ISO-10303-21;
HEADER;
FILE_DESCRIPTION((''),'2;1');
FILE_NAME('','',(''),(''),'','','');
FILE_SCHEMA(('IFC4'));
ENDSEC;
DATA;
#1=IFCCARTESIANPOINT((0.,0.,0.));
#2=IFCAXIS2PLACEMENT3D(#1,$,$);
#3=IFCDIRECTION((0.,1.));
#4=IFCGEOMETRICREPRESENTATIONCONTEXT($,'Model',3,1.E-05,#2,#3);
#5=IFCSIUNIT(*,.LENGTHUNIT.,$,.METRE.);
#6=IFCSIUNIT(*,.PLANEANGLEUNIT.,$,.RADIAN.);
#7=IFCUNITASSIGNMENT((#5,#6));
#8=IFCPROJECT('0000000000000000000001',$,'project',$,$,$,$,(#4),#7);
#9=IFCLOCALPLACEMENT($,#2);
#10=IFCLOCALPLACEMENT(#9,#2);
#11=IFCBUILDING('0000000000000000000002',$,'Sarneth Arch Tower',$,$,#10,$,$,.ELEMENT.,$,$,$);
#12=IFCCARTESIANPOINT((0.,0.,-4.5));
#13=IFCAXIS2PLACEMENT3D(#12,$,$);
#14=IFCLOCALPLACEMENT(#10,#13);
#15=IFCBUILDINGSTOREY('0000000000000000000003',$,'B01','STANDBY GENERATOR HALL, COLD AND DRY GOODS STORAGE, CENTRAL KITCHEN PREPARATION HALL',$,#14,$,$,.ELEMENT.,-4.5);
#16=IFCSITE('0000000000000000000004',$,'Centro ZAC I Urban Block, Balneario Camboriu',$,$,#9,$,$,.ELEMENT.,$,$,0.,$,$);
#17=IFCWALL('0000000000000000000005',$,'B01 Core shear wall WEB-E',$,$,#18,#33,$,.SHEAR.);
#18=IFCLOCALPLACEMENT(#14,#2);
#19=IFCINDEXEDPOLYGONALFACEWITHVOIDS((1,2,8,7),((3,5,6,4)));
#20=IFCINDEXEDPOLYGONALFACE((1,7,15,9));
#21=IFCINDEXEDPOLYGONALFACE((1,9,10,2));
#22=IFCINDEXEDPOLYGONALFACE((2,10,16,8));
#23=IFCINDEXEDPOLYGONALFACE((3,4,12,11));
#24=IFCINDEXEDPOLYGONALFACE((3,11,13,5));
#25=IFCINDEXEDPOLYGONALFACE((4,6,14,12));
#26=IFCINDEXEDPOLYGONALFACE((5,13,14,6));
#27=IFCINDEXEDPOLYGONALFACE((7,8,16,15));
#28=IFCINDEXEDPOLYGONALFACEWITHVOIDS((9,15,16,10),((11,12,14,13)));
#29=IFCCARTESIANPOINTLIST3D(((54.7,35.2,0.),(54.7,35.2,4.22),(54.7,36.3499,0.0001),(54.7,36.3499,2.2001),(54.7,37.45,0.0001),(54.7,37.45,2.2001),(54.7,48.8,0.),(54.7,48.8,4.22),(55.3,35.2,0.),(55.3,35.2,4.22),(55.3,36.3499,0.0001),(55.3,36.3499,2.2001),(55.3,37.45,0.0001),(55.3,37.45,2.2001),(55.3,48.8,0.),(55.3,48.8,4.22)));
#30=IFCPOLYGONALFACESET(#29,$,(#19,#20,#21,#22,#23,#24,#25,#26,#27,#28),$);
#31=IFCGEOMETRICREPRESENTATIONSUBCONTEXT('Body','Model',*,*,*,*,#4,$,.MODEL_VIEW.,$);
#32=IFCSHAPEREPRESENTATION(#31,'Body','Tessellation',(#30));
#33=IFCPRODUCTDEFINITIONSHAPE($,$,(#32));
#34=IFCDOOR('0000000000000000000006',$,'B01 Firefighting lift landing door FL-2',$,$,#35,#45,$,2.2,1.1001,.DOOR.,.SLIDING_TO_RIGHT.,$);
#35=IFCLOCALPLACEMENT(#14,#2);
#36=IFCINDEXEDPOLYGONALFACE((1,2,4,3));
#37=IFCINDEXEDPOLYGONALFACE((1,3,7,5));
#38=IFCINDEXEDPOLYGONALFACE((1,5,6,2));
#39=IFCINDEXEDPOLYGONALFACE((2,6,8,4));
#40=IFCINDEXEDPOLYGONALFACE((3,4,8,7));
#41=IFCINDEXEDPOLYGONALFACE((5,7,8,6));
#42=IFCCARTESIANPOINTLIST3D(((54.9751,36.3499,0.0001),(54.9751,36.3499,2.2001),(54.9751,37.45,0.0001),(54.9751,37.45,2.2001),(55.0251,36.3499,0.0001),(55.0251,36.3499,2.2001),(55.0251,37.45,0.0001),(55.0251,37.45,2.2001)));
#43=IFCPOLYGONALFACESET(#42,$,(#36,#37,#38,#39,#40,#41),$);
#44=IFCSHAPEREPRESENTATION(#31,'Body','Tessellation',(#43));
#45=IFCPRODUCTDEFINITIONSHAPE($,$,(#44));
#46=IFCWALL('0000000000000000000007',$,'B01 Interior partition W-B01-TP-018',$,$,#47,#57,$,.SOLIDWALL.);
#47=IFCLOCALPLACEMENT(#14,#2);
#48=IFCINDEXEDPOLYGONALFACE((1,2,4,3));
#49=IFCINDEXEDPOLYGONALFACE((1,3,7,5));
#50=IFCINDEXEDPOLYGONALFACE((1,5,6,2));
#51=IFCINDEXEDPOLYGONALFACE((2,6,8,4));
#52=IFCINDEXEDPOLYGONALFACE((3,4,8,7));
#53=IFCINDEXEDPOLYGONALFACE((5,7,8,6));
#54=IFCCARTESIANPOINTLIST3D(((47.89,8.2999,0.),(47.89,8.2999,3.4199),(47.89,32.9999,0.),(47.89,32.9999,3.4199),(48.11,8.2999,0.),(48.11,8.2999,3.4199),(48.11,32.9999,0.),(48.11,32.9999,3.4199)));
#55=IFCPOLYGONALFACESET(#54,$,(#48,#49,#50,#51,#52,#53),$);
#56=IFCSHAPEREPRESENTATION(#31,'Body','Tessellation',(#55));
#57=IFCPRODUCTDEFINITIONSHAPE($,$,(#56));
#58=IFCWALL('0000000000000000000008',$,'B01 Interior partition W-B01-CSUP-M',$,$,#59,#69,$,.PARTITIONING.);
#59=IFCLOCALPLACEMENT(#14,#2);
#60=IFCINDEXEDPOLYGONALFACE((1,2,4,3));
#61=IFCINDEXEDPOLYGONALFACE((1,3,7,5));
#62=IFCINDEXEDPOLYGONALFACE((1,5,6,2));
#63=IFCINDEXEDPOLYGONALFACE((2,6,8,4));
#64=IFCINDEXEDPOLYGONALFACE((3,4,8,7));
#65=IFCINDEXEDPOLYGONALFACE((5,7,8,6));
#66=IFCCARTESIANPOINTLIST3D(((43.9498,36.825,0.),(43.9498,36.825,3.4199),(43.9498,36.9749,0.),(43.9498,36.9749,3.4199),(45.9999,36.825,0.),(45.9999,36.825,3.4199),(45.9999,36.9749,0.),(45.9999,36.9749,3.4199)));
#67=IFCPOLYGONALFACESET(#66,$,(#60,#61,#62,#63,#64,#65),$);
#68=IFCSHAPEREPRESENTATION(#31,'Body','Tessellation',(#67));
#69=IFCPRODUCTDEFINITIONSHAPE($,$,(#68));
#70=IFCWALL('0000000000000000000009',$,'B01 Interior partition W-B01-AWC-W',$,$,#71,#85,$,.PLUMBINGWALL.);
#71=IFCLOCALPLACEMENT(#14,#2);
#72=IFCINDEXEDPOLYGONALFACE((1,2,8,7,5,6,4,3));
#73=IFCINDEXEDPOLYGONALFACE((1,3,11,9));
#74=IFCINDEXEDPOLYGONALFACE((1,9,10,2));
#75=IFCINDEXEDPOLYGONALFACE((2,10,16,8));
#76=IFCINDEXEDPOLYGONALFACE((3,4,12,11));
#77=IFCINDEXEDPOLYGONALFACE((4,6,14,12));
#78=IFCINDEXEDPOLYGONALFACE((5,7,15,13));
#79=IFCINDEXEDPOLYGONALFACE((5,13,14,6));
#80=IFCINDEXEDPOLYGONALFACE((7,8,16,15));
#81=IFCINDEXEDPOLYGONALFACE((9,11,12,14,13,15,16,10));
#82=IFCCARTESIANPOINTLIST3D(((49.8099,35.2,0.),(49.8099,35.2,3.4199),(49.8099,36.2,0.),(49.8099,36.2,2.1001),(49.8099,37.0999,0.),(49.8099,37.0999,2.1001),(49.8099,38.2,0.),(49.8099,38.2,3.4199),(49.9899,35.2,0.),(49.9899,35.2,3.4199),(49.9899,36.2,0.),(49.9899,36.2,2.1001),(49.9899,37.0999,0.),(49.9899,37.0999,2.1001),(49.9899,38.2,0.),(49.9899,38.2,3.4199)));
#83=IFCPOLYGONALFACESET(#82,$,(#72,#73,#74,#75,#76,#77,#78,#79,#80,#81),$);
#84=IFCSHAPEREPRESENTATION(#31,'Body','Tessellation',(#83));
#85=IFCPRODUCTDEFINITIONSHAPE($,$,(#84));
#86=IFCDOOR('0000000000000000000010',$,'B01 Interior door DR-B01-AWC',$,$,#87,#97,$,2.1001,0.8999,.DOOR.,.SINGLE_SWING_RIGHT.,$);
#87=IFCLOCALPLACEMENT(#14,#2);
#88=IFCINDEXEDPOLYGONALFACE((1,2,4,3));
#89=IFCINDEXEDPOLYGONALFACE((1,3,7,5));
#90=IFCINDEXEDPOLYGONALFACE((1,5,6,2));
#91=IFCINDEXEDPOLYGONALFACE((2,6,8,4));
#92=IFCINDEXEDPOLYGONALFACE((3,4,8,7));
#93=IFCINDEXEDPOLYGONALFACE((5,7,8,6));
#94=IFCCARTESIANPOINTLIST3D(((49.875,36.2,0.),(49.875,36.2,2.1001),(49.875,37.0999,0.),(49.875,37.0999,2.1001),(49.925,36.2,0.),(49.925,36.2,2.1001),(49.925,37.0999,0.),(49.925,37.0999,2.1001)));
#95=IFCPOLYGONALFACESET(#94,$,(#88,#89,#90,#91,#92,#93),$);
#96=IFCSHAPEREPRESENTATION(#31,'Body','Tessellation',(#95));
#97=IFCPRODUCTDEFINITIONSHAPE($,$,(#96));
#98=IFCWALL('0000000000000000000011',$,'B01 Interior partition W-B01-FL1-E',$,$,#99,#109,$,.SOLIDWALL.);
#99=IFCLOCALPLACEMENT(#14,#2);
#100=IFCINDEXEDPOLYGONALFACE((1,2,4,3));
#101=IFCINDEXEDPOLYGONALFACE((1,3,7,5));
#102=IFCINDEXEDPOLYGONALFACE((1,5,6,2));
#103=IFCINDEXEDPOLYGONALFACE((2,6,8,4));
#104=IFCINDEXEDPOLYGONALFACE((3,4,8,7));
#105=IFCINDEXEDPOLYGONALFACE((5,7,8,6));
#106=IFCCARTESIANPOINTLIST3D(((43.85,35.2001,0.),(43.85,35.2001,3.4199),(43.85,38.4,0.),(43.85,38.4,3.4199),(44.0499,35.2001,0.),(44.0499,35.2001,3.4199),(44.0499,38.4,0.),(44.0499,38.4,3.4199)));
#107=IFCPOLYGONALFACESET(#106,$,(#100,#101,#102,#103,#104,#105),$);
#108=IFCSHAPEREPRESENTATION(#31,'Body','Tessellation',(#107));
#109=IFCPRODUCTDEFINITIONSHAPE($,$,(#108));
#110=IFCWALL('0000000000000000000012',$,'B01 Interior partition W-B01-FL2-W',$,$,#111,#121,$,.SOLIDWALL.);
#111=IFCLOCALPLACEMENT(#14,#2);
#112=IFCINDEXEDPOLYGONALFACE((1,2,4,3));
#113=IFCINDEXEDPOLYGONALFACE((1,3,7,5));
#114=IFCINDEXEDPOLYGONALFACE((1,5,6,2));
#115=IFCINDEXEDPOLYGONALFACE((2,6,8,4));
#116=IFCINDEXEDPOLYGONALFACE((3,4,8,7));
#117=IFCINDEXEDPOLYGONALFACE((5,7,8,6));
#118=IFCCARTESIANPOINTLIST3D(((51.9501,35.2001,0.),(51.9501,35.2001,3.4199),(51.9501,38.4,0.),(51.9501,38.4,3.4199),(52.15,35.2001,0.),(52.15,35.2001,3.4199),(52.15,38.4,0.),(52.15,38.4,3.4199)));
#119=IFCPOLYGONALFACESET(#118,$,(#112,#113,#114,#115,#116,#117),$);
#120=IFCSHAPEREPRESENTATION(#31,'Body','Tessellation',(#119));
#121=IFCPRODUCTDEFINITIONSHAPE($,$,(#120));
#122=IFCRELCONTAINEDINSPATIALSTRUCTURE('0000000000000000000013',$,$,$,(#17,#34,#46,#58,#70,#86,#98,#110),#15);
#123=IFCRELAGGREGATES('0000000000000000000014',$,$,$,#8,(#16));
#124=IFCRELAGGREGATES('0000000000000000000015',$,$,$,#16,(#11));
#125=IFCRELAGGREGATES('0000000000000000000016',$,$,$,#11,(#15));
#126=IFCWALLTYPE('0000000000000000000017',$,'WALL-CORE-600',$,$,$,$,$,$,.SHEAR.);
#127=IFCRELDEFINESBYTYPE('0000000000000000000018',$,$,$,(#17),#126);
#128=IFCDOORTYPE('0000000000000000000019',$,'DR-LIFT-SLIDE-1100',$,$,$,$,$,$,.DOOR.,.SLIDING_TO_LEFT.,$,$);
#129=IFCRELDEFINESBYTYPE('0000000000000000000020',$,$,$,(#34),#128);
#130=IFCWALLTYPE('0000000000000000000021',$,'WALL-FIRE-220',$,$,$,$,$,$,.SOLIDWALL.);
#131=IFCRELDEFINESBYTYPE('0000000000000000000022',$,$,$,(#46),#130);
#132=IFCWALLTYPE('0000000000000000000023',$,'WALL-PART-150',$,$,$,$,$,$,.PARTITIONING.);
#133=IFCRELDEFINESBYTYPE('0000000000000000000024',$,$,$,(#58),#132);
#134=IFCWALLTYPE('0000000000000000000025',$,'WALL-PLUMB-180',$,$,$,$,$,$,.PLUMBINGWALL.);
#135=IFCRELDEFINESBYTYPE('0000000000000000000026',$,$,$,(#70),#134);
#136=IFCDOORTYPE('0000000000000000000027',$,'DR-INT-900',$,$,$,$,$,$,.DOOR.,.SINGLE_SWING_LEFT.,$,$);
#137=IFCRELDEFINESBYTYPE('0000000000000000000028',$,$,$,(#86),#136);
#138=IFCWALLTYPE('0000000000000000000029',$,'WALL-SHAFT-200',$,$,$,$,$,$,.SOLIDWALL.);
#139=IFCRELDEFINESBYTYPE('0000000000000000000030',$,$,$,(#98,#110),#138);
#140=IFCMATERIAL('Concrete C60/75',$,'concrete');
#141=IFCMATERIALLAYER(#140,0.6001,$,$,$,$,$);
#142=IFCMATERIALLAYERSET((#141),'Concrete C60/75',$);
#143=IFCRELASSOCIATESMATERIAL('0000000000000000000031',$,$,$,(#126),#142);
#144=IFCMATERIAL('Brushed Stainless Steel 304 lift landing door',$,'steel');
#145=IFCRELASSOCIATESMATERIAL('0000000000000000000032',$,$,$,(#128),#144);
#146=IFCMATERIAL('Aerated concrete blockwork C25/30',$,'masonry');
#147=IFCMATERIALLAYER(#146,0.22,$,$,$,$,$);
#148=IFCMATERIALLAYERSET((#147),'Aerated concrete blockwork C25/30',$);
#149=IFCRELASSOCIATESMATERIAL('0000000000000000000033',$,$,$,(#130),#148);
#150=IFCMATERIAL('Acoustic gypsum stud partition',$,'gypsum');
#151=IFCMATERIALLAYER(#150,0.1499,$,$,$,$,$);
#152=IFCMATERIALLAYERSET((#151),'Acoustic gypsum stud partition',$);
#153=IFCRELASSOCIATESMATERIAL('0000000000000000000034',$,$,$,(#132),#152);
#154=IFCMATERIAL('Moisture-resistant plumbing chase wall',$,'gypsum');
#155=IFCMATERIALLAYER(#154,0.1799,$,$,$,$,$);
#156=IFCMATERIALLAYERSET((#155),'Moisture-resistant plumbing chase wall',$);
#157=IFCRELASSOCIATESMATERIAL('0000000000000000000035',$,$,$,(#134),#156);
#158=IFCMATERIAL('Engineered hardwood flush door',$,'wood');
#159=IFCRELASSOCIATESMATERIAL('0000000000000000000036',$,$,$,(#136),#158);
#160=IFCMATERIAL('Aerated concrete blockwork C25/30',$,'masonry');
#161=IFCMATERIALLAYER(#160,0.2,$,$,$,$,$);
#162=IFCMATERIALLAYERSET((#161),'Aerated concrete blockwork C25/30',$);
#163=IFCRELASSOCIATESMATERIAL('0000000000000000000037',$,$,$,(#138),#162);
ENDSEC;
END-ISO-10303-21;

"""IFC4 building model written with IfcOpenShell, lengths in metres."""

from ifc_helpers import new_model, si_unit, direction, frame, frame_2d, origin, place, context, subcontext, project, spatial, rectangle, extrude, material, layer, layer_set, type_object, element, fill, save


model = new_model("IFC4")

# Units and contexts
model_context = context("Model", 3, precision=1e-05, world=origin(), true_north=direction((0.0, 1.0)))
body_context = subcontext(model_context, "Body", "Model", "MODEL_VIEW")
ifc_project = project(units=[si_unit("LENGTHUNIT", "METRE"), si_unit("PLANEANGLEUNIT", "RADIAN")], contexts=[model_context])

# Site, building, storey
site_placement = place(None, origin())
site = spatial("IfcSite", under=ifc_project, at=site_placement, Name="Centro ZAC I Urban Block, Balneario Camboriu", CompositionType="ELEMENT", RefElevation=0.0)
building_placement = place(site_placement, origin())
building = spatial("IfcBuilding", under=site, at=building_placement, Name="Sarneth Arch Tower", CompositionType="ELEMENT")
storey_placement = place(building_placement, frame((0.0, 0.0, -4.5)))
storey = spatial("IfcBuildingStorey", under=building, at=storey_placement, Name="B01", Description="STANDBY GENERATOR HALL, COLD AND DRY GOODS STORAGE, CENTRAL KITCHEN PREPARATION HALL", CompositionType="ELEMENT", Elevation=-4.5)

# Shared definitions
ifc_material_1 = material(Name="Concrete C60/75", Category="concrete")
ifc_layer_1 = layer(ifc_material_1, 0.6001)
ifc_layer_set_1 = layer_set([ifc_layer_1], Name="Concrete C60/75")
wall_type_1 = type_object("IfcWallType", Name="WALL-CORE-600", PredefinedType="SHEAR", material=ifc_layer_set_1)

# Wall, opening, door
wall_1_placement = place(storey_placement, frame((55.0, 35.2, 0.0), z_axis=(0.0, 0.0, 1.0), x_axis=(0.0, 1.0, 0.0)))
wall_1 = element("IfcWall", 1, at=wall_1_placement, inside=storey, type_object=wall_type_1, Name="B01 Core shear wall WEB-E", PredefinedType="SHEAR", context=body_context, shape_type="SweptSolid", body=[
    extrude(rectangle(XDim=13.6001, YDim=0.6001, at=frame_2d((6.8, 0.0))), origin(), (0.0, 0.0, 1.0), 4.22),
])
opening_1_placement = place(wall_1_placement, frame((1.1499, 0.0, 0.0)))
opening_1 = element("IfcOpeningElement", 2, at=opening_1_placement, cuts=wall_1, PredefinedType="OPENING", context=body_context, shape_type="SweptSolid", body=[
    extrude(rectangle(XDim=1.1001, YDim=2.2, at=frame_2d((0.55, 1.1001))), frame((0.0, 0.3101, 0.0), z_axis=(0.0, -1.0, 0.0), x_axis=(1.0, 0.0, 0.0)), (0.0, 0.0, 1.0), 0.6201),
])
ifc_material_2 = material(Name="Brushed Stainless Steel 304 lift landing door", Category="steel")
door_type_1 = type_object("IfcDoorType", Name="DR-LIFT-SLIDE-1100", OperationType="SLIDING_TO_LEFT", PredefinedType="DOOR", material=ifc_material_2)
door_1_placement = place(opening_1_placement, origin())
door_1 = element("IfcDoor", 3, at=door_1_placement, inside=storey, type_object=door_type_1, Name="B01 Firefighting lift landing door FL-2", OperationType="SLIDING_TO_RIGHT", OverallHeight=2.2, OverallWidth=1.1001, PredefinedType="DOOR", context=body_context, shape_type="SweptSolid", body=[
    extrude(rectangle(XDim=1.1001, YDim=2.2, at=frame_2d((0.55, 1.1001))), frame((0.0, 0.0249, 0.0), z_axis=(0.0, -1.0, 0.0), x_axis=(1.0, 0.0, 0.0)), (0.0, 0.0, 1.0), 0.05),
])
fill(opening_1, door_1)

# Walls
ifc_material_3 = material(Name="Aerated concrete blockwork C25/30", Category="masonry")
ifc_layer_2 = layer(ifc_material_3, 0.22)
ifc_layer_set_2 = layer_set([ifc_layer_2], Name="Aerated concrete blockwork C25/30")
wall_type_2 = type_object("IfcWallType", Name="WALL-FIRE-220", PredefinedType="SOLIDWALL", material=ifc_layer_set_2)
wall_2_placement = place(storey_placement, frame((48.0, 33.0, 0.0), z_axis=(0.0, 0.0, 1.0), x_axis=(0.0, -1.0, 0.0)))
element("IfcWall", 4, at=wall_2_placement, inside=storey, type_object=wall_type_2, Name="B01 Interior partition W-B01-TP-018", PredefinedType="SOLIDWALL", context=body_context, shape_type="SweptSolid", body=[
    extrude(rectangle(XDim=24.7, YDim=0.22, at=frame_2d((12.3501, 0.0))), origin(), (0.0, 0.0, 1.0), 3.4199),
])
ifc_material_4 = material(Name="Acoustic gypsum stud partition", Category="gypsum")
ifc_layer_3 = layer(ifc_material_4, 0.1499)
ifc_layer_set_3 = layer_set([ifc_layer_3], Name="Acoustic gypsum stud partition")
wall_type_3 = type_object("IfcWallType", Name="WALL-PART-150", PredefinedType="PARTITIONING", material=ifc_layer_set_3)
wall_3_placement = place(storey_placement, frame((43.95, 36.8999, 0.0), z_axis=(0.0, 0.0, 1.0), x_axis=(1.0, 0.0, 0.0)))
element("IfcWall", 5, at=wall_3_placement, inside=storey, type_object=wall_type_3, Name="B01 Interior partition W-B01-CSUP-M", PredefinedType="PARTITIONING", context=body_context, shape_type="SweptSolid", body=[
    extrude(rectangle(XDim=2.05, YDim=0.1499, at=frame_2d((1.0249, 0.0))), origin(), (0.0, 0.0, 1.0), 3.4199),
])

# Wall, opening, door
ifc_material_5 = material(Name="Moisture-resistant plumbing chase wall", Category="gypsum")
ifc_layer_4 = layer(ifc_material_5, 0.1799)
ifc_layer_set_4 = layer_set([ifc_layer_4], Name="Moisture-resistant plumbing chase wall")
wall_type_4 = type_object("IfcWallType", Name="WALL-PLUMB-180", PredefinedType="PLUMBINGWALL", material=ifc_layer_set_4)
wall_4_placement = place(storey_placement, frame((49.8999, 35.2, 0.0), z_axis=(0.0, 0.0, 1.0), x_axis=(0.0, 1.0, 0.0)))
wall_4 = element("IfcWall", 6, at=wall_4_placement, inside=storey, type_object=wall_type_4, Name="B01 Interior partition W-B01-AWC-W", PredefinedType="PLUMBINGWALL", context=body_context, shape_type="SweptSolid", body=[
    extrude(rectangle(XDim=3.0, YDim=0.1799, at=frame_2d((1.5, 0.0))), origin(), (0.0, 0.0, 1.0), 3.4199),
])
opening_2_placement = place(wall_4_placement, frame((1.0, 0.0, 0.0)))
opening_2 = element("IfcOpeningElement", 7, at=opening_2_placement, cuts=wall_4, PredefinedType="OPENING", context=body_context, shape_type="SweptSolid", body=[
    extrude(rectangle(XDim=0.8999, YDim=2.1001, at=frame_2d((0.45, 1.05))), frame((0.0, 0.0999, 0.0), z_axis=(0.0, -1.0, 0.0), x_axis=(1.0, 0.0, 0.0)), (0.0, 0.0, 1.0), 0.2),
])
ifc_material_6 = material(Name="Engineered hardwood flush door", Category="wood")
door_type_2 = type_object("IfcDoorType", Name="DR-INT-900", OperationType="SINGLE_SWING_LEFT", PredefinedType="DOOR", material=ifc_material_6)
door_2_placement = place(opening_2_placement, origin())
door_2 = element("IfcDoor", 8, at=door_2_placement, inside=storey, type_object=door_type_2, Name="B01 Interior door DR-B01-AWC", OperationType="SINGLE_SWING_RIGHT", OverallHeight=2.1001, OverallWidth=0.8999, PredefinedType="DOOR", context=body_context, shape_type="SweptSolid", body=[
    extrude(rectangle(XDim=0.8999, YDim=2.1001, at=frame_2d((0.45, 1.05))), frame((0.0, 0.0249, 0.0), z_axis=(0.0, -1.0, 0.0), x_axis=(1.0, 0.0, 0.0)), (0.0, 0.0, 1.0), 0.05),
])
fill(opening_2, door_2)

# Walls
ifc_material_7 = material(Name="Aerated concrete blockwork C25/30", Category="masonry")
ifc_layer_5 = layer(ifc_material_7, 0.2)
ifc_layer_set_5 = layer_set([ifc_layer_5], Name="Aerated concrete blockwork C25/30")
wall_type_5 = type_object("IfcWallType", Name="WALL-SHAFT-200", PredefinedType="SOLIDWALL", material=ifc_layer_set_5)
for number, where, z_axis, x_axis, name in (
    (9, (43.95, 35.2, 0.0), (0.0, 0.0, 1.0), (0.0, 1.0, 0.0), "B01 Interior partition W-B01-FL1-E"),
    (10, (52.05, 35.2, 0.0), (0.0, 0.0, 1.0), (0.0, 1.0, 0.0), "B01 Interior partition W-B01-FL2-W"),
):
    element("IfcWall", number, at=place(storey_placement, frame(where, z_axis=z_axis, x_axis=x_axis)), inside=storey, type_object=wall_type_5, Name=name, PredefinedType="SOLIDWALL", context=body_context, shape_type="SweptSolid", body=[
        extrude(rectangle(XDim=3.2, YDim=0.2, at=frame_2d((1.6001, 0.0))), origin(), (0.0, 0.0, 1.0), 3.4199),
    ])

save(model, "model.ifc")
